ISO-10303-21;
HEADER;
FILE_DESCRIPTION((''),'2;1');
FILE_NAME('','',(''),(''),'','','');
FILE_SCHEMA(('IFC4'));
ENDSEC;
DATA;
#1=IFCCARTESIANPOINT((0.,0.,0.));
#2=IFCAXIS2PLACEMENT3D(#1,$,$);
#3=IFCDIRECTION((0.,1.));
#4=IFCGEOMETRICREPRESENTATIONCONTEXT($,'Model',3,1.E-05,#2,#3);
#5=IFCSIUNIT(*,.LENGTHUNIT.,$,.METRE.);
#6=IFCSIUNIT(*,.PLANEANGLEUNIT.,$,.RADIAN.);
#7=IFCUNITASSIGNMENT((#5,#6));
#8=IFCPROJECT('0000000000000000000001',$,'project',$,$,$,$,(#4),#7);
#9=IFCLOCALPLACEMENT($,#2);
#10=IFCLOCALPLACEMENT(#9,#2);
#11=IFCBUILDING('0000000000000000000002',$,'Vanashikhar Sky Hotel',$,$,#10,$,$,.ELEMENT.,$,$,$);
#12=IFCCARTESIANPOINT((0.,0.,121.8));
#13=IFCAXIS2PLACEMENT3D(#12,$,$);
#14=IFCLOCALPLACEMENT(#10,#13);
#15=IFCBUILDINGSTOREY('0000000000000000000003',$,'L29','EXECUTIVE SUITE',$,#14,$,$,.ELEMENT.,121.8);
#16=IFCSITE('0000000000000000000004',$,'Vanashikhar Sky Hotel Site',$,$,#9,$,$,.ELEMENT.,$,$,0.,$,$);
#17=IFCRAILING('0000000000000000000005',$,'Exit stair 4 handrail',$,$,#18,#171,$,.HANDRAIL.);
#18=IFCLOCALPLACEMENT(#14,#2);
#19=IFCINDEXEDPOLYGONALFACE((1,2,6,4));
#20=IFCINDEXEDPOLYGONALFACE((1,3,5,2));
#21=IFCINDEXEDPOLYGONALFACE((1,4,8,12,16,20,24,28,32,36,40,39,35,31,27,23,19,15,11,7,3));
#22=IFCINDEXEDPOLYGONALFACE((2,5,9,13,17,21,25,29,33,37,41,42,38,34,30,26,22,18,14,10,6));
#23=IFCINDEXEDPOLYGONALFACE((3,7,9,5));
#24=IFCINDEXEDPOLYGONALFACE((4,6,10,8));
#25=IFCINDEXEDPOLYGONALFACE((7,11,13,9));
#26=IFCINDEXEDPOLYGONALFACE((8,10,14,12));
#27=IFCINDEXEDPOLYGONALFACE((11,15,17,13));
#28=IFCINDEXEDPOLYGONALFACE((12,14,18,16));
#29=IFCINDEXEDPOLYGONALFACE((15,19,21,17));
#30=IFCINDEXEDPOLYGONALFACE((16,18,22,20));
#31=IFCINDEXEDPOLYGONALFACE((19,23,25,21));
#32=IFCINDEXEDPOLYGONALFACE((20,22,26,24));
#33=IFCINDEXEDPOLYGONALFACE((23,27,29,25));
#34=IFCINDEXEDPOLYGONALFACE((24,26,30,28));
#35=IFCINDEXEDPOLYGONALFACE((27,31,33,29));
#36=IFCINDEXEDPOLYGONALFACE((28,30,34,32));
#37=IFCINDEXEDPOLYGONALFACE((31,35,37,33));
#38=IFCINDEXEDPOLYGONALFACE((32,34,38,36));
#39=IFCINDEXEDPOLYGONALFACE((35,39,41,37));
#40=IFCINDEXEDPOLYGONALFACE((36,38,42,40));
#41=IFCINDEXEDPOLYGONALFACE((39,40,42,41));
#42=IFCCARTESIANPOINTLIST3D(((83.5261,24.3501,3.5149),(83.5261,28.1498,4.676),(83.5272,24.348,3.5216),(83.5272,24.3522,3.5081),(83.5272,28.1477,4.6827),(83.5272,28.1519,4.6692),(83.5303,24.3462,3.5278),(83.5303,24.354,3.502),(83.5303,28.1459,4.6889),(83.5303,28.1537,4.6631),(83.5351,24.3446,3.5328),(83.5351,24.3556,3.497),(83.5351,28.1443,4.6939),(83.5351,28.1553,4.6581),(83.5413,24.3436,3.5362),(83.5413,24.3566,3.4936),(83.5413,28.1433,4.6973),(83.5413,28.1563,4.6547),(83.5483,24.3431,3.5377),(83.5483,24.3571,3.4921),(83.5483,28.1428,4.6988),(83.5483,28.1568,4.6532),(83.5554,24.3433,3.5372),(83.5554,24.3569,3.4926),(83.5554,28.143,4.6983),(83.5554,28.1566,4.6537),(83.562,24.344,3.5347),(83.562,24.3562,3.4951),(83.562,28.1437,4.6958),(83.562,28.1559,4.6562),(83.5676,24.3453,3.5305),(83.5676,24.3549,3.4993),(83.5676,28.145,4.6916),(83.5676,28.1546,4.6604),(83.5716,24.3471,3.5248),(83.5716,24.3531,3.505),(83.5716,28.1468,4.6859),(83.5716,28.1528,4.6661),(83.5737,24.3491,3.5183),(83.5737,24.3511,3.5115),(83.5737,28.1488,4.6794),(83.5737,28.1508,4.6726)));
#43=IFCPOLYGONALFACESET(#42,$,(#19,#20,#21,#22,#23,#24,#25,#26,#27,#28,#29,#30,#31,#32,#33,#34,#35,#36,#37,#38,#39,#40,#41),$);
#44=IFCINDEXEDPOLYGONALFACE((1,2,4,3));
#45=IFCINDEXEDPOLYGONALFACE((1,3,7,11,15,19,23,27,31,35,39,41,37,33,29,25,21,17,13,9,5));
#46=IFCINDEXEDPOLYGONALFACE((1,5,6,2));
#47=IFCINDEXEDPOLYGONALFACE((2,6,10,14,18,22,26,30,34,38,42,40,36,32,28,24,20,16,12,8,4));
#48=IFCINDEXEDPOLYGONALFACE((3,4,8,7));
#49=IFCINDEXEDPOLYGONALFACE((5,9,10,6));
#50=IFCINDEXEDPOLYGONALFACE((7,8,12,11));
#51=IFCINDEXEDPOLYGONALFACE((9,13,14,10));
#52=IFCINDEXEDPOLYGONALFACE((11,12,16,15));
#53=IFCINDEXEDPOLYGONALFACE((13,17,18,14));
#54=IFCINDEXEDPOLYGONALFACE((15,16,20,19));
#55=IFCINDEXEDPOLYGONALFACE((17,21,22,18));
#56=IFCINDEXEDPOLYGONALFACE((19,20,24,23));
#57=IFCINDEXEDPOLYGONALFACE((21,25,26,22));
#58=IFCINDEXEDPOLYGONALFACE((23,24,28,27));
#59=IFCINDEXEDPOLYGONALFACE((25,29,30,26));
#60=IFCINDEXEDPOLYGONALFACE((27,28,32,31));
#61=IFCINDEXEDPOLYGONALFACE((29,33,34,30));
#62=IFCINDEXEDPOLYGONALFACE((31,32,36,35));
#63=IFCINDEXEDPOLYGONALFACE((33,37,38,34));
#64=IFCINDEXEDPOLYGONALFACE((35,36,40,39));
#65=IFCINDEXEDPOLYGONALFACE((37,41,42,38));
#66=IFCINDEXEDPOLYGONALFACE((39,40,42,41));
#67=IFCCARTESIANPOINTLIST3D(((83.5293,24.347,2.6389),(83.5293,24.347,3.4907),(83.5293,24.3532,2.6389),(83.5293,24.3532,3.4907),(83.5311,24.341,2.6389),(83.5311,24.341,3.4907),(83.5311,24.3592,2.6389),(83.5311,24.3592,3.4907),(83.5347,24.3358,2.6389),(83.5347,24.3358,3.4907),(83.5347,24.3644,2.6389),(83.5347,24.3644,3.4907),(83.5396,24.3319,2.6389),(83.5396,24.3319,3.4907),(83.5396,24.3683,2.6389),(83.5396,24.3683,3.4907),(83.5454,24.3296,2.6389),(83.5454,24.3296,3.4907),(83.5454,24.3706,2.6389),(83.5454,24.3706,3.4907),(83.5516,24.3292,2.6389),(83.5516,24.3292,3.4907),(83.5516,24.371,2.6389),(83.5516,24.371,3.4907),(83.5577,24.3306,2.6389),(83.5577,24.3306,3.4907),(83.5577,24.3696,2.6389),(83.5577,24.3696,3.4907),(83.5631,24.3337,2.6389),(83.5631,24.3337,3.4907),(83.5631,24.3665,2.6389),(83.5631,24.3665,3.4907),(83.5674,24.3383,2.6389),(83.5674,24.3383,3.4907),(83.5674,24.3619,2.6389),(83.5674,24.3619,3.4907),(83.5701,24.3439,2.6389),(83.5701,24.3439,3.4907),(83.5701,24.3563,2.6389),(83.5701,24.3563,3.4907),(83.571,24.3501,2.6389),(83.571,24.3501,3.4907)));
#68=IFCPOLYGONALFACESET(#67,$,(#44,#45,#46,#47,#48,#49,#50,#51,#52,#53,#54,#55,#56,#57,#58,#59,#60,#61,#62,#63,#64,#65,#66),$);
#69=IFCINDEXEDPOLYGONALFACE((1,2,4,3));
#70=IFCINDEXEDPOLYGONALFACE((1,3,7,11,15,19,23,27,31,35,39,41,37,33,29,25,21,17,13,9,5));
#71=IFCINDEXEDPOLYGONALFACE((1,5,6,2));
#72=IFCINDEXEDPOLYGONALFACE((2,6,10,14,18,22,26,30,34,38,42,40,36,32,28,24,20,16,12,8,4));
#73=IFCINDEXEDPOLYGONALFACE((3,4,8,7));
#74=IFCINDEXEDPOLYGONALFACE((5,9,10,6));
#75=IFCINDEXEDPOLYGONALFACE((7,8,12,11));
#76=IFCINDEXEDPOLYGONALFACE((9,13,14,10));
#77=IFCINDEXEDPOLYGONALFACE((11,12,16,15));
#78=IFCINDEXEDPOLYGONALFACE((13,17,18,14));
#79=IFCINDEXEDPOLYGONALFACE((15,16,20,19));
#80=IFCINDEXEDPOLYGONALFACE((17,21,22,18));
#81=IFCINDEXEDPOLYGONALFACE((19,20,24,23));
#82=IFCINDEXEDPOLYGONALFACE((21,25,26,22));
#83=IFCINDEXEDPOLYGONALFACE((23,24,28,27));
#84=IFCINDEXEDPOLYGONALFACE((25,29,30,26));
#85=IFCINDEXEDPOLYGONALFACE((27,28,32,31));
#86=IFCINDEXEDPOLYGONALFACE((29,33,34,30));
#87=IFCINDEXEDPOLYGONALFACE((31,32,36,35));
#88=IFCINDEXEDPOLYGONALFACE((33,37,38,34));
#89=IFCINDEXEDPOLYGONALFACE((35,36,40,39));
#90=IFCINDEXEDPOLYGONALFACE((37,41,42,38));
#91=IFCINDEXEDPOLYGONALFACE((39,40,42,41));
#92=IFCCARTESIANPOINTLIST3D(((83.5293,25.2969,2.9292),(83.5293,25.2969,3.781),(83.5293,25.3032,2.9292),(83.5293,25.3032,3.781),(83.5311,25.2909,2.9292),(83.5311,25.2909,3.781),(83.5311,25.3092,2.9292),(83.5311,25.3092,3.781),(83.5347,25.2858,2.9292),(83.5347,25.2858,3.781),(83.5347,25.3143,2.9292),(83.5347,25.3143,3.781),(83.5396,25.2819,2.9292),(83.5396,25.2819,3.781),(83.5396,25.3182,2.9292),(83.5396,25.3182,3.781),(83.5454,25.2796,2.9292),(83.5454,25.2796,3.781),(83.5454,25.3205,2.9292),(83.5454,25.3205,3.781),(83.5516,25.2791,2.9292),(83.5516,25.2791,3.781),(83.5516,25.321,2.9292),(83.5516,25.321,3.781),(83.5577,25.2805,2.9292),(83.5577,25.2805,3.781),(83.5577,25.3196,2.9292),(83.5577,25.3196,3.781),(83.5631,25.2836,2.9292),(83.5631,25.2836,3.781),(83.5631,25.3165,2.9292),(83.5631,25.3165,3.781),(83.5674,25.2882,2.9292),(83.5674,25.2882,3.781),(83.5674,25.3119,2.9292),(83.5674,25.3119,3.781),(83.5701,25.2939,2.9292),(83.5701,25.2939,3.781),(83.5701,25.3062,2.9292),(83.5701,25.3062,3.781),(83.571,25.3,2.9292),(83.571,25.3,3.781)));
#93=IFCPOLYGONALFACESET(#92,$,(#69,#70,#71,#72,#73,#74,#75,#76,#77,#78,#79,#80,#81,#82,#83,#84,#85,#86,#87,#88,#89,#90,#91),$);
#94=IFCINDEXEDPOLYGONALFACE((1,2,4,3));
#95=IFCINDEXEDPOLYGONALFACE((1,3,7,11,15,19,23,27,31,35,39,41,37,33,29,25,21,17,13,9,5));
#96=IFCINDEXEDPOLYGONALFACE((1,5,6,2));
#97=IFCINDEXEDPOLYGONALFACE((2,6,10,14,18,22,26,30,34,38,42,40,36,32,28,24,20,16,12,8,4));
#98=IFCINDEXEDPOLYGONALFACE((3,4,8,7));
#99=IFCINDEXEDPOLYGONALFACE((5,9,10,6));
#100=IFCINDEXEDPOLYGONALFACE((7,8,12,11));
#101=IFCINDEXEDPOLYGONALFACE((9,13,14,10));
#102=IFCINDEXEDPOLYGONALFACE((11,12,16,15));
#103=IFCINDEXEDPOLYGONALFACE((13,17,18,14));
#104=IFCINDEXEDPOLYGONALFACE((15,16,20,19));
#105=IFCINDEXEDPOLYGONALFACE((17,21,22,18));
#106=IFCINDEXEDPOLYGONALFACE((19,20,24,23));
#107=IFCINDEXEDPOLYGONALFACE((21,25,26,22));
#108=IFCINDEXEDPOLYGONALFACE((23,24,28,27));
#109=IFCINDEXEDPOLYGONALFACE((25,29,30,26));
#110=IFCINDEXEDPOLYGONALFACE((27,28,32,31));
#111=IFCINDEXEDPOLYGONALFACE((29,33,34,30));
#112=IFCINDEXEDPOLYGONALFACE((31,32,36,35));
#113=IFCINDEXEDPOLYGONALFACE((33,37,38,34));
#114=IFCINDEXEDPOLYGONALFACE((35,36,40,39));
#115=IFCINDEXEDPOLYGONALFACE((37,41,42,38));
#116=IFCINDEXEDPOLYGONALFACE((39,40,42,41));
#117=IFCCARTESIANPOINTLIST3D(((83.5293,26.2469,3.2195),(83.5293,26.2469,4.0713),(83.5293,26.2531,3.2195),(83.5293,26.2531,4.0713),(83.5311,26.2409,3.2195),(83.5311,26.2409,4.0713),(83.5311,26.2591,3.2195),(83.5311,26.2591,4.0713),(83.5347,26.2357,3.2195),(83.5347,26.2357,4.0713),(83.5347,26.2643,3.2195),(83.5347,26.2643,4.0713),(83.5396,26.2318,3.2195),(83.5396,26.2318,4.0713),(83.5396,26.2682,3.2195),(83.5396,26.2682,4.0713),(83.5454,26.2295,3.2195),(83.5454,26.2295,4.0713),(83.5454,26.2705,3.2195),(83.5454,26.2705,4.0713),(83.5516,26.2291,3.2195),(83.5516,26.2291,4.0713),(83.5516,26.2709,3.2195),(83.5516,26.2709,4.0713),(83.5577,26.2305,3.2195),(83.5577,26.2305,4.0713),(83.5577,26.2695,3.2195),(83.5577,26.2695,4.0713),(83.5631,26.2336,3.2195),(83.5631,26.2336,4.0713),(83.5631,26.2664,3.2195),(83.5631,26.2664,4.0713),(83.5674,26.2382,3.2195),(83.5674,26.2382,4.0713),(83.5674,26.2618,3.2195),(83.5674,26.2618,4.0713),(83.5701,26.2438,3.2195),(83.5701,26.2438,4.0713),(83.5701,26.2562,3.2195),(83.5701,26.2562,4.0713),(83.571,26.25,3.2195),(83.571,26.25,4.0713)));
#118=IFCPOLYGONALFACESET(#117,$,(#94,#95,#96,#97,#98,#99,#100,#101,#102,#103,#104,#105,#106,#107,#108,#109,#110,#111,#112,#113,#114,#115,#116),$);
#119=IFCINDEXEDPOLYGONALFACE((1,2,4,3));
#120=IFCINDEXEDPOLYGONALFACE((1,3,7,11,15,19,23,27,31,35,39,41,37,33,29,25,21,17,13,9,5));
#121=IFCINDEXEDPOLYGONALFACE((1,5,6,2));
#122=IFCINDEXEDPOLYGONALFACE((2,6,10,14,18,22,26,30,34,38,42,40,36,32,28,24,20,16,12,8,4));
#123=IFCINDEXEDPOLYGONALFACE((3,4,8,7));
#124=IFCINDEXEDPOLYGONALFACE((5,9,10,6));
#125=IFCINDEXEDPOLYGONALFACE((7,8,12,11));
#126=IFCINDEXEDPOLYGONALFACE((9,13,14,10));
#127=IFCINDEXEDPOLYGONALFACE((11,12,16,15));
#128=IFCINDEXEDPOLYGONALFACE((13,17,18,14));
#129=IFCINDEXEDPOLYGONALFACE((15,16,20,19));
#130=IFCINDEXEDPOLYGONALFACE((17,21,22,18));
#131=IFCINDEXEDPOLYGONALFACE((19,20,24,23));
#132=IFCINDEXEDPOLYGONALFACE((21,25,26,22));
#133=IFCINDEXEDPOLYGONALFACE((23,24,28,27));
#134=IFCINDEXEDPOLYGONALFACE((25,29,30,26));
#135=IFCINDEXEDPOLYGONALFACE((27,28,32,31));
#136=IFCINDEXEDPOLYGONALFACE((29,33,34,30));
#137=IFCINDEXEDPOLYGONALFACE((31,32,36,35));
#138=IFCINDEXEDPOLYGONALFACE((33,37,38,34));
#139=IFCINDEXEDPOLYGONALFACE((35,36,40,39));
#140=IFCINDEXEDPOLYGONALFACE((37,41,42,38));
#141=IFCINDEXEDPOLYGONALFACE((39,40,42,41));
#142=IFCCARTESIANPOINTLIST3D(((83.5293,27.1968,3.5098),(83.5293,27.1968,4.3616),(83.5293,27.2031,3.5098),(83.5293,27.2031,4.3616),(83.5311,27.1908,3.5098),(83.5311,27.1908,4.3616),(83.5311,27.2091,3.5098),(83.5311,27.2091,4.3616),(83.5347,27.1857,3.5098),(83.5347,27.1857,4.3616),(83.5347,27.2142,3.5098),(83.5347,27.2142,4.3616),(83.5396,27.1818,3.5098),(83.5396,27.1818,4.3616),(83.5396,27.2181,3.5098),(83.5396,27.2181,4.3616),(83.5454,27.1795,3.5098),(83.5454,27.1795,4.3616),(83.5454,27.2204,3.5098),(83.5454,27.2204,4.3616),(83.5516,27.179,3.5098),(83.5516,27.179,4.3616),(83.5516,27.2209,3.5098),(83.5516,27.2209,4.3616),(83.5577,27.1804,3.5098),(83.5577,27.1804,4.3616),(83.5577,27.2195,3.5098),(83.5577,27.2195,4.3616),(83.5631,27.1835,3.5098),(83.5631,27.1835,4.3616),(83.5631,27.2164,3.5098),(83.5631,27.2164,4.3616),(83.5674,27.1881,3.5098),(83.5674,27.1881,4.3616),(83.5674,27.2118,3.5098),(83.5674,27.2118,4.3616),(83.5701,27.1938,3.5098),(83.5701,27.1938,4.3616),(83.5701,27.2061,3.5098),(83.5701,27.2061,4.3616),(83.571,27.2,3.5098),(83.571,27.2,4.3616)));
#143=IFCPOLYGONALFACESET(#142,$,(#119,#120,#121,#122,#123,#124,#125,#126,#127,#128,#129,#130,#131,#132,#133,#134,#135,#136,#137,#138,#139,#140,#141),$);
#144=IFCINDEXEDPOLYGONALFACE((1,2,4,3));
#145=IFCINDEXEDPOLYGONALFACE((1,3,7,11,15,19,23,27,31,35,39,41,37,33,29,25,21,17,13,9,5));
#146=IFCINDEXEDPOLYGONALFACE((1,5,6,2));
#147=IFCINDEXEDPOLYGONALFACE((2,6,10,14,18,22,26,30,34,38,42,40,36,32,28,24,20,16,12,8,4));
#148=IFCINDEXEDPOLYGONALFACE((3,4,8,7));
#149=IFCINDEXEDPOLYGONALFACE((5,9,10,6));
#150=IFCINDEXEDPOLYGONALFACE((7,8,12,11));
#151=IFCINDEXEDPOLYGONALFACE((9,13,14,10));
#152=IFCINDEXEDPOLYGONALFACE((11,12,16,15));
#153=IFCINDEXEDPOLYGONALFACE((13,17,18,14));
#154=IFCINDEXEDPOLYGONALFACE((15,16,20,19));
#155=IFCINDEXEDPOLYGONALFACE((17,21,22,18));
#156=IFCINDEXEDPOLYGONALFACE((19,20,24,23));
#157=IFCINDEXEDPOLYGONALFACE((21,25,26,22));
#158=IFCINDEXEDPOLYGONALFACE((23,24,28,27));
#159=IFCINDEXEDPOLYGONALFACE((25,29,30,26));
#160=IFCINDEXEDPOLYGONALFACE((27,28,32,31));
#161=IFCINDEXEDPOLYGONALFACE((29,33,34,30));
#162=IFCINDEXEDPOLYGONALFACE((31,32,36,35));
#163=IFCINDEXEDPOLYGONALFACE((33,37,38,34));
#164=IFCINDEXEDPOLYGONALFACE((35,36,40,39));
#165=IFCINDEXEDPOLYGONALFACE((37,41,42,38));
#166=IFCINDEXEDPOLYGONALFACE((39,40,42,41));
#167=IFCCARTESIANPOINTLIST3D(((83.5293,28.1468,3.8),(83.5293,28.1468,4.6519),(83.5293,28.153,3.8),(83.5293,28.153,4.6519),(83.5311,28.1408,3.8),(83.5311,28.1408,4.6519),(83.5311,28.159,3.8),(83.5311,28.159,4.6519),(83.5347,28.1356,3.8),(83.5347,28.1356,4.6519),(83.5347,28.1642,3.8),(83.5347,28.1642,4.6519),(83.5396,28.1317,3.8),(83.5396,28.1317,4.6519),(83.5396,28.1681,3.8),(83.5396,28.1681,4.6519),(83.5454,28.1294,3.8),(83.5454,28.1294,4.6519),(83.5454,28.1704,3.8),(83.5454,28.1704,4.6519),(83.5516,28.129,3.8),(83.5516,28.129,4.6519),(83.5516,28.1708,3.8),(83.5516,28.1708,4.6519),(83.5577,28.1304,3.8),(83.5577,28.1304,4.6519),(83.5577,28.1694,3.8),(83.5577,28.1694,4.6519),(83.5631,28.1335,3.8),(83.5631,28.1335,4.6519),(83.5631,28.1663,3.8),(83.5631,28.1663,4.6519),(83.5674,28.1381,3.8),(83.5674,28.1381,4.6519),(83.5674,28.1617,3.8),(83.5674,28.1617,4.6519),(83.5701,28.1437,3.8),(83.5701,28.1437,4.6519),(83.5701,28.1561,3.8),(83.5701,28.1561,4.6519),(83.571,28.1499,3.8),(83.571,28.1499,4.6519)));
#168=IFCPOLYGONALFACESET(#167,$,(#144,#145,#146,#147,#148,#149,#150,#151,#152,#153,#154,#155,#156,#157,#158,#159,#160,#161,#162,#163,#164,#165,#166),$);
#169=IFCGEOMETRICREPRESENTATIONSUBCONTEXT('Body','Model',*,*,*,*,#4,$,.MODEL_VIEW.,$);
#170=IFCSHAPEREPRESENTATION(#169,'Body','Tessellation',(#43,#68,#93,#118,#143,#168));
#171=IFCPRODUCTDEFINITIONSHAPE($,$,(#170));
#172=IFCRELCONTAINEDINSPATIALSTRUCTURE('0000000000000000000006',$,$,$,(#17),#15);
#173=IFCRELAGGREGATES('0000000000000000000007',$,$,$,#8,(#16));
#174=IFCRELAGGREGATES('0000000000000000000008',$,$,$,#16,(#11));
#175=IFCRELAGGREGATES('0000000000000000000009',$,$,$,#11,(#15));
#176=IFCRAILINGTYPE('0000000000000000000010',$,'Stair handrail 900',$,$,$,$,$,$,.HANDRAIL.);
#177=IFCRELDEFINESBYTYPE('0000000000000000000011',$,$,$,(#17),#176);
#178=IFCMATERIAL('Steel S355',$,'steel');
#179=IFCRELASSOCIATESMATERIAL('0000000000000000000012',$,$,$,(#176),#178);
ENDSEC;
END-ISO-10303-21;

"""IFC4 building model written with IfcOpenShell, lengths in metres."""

from ifc_helpers import new_model, si_unit, direction, frame, origin, origin_2d, place, context, subcontext, project, spatial, circle, extrude, source, transform, mapped, material, type_object, element, save


model = new_model("IFC4")

# Units and contexts
model_context = context("Model", 3, precision=1e-05, world=origin(), true_north=direction((0.0, 1.0)))
body_context = subcontext(model_context, "Body", "Model", "MODEL_VIEW")
ifc_project = project(units=[si_unit("LENGTHUNIT", "METRE"), si_unit("PLANEANGLEUNIT", "RADIAN")], contexts=[model_context])

# Site, building, storey
site_placement = place(None, origin())
site = spatial("IfcSite", under=ifc_project, at=site_placement, Name="Vanashikhar Sky Hotel Site", CompositionType="ELEMENT", RefElevation=0.0)
building_placement = place(site_placement, origin())
building = spatial("IfcBuilding", under=site, at=building_placement, Name="Vanashikhar Sky Hotel", CompositionType="ELEMENT")
storey_placement = place(building_placement, frame((0.0, 0.0, 121.8)))
storey = spatial("IfcBuildingStorey", under=building, at=storey_placement, Name="L29", Description="EXECUTIVE SUITE", CompositionType="ELEMENT", Elevation=121.8)

# Railing
ifc_material_1 = material(Name="Steel S355", Category="steel")
railing_type_1 = type_object("IfcRailingType", Name="Stair handrail 900", PredefinedType="HANDRAIL", material=ifc_material_1)
shared_shape_1 = source(origin(), body_context, "Body", "SweptSolid", [
    extrude(circle(Radius=0.0239, at=origin_2d()), frame((0.0, 0.0, 0.876), z_axis=(0.0, 0.956346, 0.292237), x_axis=(-1.0, 0.0, 0.0)), (0.0, 0.0, 1.0), 3.9731),
    extrude(circle(Radius=0.021, at=origin_2d()), origin(), (0.0, 0.0, 1.0), 0.8518),
    extrude(circle(Radius=0.021, at=origin_2d()), frame((0.0, 0.95, 0.2903)), (0.0, 0.0, 1.0), 0.8518),
    extrude(circle(Radius=0.021, at=origin_2d()), frame((0.0, 1.8999, 0.5806)), (0.0, 0.0, 1.0), 0.8518),
    extrude(circle(Radius=0.021, at=origin_2d()), frame((0.0, 2.8499, 0.8708)), (0.0, 0.0, 1.0), 0.8518),
    extrude(circle(Radius=0.021, at=origin_2d()), frame((0.0, 3.7998, 1.1611)), (0.0, 0.0, 1.0), 0.8518),
])
for number, where, name in (
    (1, (83.55, 24.3501, 2.6389), "Exit stair 4 handrail"),
):
    element("IfcRailing", number, at=place(storey_placement, frame(where)), inside=storey, type_object=railing_type_1, Name=name, PredefinedType="HANDRAIL", context=body_context, shape_type="MappedRepresentation", body=[
        mapped(shared_shape_1, transform((0.0, 0.0, 0.0), scale=1.0)),
    ])

save(model, "model.ifc")
